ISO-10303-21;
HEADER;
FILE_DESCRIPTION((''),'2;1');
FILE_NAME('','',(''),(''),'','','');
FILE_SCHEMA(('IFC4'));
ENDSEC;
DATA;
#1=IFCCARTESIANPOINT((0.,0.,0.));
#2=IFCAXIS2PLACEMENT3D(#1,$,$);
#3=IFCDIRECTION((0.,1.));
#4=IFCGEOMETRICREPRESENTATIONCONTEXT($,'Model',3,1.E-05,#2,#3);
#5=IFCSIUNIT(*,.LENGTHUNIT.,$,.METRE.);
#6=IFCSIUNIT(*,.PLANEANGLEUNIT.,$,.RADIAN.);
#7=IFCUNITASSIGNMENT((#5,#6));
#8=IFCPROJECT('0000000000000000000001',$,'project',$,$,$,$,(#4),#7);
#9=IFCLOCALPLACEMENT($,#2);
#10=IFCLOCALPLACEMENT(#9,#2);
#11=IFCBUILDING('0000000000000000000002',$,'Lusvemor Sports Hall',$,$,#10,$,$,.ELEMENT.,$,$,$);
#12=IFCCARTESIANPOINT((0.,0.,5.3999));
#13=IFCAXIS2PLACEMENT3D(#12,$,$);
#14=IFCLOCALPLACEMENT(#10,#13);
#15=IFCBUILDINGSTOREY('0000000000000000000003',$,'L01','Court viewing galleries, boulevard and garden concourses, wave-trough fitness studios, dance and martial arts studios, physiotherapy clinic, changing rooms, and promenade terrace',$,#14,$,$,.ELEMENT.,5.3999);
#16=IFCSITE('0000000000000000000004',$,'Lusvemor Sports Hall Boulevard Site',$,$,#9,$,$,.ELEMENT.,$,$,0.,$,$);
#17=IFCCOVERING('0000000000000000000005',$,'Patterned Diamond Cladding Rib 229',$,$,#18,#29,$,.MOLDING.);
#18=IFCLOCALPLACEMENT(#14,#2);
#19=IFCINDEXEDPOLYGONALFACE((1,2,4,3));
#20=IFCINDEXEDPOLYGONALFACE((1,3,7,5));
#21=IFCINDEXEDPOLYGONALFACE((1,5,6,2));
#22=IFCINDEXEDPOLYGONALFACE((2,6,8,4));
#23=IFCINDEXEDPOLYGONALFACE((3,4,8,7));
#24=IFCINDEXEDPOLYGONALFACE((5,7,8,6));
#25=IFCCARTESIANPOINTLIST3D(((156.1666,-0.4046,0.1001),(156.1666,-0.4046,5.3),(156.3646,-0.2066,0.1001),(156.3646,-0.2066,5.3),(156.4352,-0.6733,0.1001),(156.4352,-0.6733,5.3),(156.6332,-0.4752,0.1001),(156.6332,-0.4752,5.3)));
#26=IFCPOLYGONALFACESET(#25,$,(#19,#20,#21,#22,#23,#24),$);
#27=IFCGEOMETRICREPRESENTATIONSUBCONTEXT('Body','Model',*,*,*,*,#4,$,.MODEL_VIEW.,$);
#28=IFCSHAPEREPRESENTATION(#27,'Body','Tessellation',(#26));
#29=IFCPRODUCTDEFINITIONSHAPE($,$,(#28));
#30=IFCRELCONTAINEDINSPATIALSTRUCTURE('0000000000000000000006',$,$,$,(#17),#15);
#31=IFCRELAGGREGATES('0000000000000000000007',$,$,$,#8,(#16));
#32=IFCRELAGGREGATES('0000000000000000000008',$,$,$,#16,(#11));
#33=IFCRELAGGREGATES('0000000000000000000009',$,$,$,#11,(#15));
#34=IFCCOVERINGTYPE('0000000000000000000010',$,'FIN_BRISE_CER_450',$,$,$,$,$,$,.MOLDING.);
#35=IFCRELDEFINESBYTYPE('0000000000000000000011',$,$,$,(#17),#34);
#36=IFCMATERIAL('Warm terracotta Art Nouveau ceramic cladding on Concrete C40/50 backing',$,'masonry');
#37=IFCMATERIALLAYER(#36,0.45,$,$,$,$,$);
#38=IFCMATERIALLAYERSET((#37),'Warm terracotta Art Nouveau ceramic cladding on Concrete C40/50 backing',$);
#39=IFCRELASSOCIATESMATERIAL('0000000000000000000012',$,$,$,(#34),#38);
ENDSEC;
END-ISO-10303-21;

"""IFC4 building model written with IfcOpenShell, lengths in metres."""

from ifc_helpers import new_model, si_unit, direction, frame, origin, origin_2d, place, context, subcontext, project, spatial, rectangle, extrude, material, layer, layer_set, type_object, element, save


model = new_model("IFC4")

# Units and contexts
model_context = context("Model", 3, precision=1e-05, world=origin(), true_north=direction((0.0, 1.0)))
body_context = subcontext(model_context, "Body", "Model", "MODEL_VIEW")
ifc_project = project(units=[si_unit("LENGTHUNIT", "METRE"), si_unit("PLANEANGLEUNIT", "RADIAN")], contexts=[model_context])

# Site, building, storey
site_placement = place(None, origin())
site = spatial("IfcSite", under=ifc_project, at=site_placement, Name="Lusvemor Sports Hall Boulevard Site", CompositionType="ELEMENT", RefElevation=0.0)
building_placement = place(site_placement, origin())
building = spatial("IfcBuilding", under=site, at=building_placement, Name="Lusvemor Sports Hall", CompositionType="ELEMENT")
storey_placement = place(building_placement, frame((0.0, 0.0, 5.3999)))
storey = spatial("IfcBuildingStorey", under=building, at=storey_placement, Name="L01", Description="Court viewing galleries, boulevard and garden concourses, wave-trough fitness studios, dance and martial arts studios, physiotherapy clinic, changing rooms, and promenade terrace", CompositionType="ELEMENT", Elevation=5.3999)

# Covering
ifc_material_1 = material(Name="Warm terracotta Art Nouveau ceramic cladding on Concrete C40/50 backing", Category="masonry")
ifc_layer_1 = layer(ifc_material_1, 0.45)
ifc_layer_set_1 = layer_set([ifc_layer_1], Name="Warm terracotta Art Nouveau ceramic cladding on Concrete C40/50 backing")
covering_type_1 = type_object("IfcCoveringType", Name="FIN_BRISE_CER_450", PredefinedType="MOLDING", material=ifc_layer_set_1)
for number, where, z_axis, x_axis, name in (
    (1, (156.3999, -0.4399, 0.1001), (0.0, 0.0, 1.0), (0.707107, 0.707107, 0.0), "Patterned Diamond Cladding Rib 229"),
):
    element("IfcCovering", number, at=place(storey_placement, frame(where, z_axis=z_axis, x_axis=x_axis)), inside=storey, type_object=covering_type_1, Name=name, PredefinedType="MOLDING", context=body_context, shape_type="SweptSolid", body=[
        extrude(rectangle(XDim=0.28, YDim=0.3799, at=origin_2d()), origin(), (0.0, 0.0, 1.0), 5.2),
    ])

save(model, "model.ifc")
